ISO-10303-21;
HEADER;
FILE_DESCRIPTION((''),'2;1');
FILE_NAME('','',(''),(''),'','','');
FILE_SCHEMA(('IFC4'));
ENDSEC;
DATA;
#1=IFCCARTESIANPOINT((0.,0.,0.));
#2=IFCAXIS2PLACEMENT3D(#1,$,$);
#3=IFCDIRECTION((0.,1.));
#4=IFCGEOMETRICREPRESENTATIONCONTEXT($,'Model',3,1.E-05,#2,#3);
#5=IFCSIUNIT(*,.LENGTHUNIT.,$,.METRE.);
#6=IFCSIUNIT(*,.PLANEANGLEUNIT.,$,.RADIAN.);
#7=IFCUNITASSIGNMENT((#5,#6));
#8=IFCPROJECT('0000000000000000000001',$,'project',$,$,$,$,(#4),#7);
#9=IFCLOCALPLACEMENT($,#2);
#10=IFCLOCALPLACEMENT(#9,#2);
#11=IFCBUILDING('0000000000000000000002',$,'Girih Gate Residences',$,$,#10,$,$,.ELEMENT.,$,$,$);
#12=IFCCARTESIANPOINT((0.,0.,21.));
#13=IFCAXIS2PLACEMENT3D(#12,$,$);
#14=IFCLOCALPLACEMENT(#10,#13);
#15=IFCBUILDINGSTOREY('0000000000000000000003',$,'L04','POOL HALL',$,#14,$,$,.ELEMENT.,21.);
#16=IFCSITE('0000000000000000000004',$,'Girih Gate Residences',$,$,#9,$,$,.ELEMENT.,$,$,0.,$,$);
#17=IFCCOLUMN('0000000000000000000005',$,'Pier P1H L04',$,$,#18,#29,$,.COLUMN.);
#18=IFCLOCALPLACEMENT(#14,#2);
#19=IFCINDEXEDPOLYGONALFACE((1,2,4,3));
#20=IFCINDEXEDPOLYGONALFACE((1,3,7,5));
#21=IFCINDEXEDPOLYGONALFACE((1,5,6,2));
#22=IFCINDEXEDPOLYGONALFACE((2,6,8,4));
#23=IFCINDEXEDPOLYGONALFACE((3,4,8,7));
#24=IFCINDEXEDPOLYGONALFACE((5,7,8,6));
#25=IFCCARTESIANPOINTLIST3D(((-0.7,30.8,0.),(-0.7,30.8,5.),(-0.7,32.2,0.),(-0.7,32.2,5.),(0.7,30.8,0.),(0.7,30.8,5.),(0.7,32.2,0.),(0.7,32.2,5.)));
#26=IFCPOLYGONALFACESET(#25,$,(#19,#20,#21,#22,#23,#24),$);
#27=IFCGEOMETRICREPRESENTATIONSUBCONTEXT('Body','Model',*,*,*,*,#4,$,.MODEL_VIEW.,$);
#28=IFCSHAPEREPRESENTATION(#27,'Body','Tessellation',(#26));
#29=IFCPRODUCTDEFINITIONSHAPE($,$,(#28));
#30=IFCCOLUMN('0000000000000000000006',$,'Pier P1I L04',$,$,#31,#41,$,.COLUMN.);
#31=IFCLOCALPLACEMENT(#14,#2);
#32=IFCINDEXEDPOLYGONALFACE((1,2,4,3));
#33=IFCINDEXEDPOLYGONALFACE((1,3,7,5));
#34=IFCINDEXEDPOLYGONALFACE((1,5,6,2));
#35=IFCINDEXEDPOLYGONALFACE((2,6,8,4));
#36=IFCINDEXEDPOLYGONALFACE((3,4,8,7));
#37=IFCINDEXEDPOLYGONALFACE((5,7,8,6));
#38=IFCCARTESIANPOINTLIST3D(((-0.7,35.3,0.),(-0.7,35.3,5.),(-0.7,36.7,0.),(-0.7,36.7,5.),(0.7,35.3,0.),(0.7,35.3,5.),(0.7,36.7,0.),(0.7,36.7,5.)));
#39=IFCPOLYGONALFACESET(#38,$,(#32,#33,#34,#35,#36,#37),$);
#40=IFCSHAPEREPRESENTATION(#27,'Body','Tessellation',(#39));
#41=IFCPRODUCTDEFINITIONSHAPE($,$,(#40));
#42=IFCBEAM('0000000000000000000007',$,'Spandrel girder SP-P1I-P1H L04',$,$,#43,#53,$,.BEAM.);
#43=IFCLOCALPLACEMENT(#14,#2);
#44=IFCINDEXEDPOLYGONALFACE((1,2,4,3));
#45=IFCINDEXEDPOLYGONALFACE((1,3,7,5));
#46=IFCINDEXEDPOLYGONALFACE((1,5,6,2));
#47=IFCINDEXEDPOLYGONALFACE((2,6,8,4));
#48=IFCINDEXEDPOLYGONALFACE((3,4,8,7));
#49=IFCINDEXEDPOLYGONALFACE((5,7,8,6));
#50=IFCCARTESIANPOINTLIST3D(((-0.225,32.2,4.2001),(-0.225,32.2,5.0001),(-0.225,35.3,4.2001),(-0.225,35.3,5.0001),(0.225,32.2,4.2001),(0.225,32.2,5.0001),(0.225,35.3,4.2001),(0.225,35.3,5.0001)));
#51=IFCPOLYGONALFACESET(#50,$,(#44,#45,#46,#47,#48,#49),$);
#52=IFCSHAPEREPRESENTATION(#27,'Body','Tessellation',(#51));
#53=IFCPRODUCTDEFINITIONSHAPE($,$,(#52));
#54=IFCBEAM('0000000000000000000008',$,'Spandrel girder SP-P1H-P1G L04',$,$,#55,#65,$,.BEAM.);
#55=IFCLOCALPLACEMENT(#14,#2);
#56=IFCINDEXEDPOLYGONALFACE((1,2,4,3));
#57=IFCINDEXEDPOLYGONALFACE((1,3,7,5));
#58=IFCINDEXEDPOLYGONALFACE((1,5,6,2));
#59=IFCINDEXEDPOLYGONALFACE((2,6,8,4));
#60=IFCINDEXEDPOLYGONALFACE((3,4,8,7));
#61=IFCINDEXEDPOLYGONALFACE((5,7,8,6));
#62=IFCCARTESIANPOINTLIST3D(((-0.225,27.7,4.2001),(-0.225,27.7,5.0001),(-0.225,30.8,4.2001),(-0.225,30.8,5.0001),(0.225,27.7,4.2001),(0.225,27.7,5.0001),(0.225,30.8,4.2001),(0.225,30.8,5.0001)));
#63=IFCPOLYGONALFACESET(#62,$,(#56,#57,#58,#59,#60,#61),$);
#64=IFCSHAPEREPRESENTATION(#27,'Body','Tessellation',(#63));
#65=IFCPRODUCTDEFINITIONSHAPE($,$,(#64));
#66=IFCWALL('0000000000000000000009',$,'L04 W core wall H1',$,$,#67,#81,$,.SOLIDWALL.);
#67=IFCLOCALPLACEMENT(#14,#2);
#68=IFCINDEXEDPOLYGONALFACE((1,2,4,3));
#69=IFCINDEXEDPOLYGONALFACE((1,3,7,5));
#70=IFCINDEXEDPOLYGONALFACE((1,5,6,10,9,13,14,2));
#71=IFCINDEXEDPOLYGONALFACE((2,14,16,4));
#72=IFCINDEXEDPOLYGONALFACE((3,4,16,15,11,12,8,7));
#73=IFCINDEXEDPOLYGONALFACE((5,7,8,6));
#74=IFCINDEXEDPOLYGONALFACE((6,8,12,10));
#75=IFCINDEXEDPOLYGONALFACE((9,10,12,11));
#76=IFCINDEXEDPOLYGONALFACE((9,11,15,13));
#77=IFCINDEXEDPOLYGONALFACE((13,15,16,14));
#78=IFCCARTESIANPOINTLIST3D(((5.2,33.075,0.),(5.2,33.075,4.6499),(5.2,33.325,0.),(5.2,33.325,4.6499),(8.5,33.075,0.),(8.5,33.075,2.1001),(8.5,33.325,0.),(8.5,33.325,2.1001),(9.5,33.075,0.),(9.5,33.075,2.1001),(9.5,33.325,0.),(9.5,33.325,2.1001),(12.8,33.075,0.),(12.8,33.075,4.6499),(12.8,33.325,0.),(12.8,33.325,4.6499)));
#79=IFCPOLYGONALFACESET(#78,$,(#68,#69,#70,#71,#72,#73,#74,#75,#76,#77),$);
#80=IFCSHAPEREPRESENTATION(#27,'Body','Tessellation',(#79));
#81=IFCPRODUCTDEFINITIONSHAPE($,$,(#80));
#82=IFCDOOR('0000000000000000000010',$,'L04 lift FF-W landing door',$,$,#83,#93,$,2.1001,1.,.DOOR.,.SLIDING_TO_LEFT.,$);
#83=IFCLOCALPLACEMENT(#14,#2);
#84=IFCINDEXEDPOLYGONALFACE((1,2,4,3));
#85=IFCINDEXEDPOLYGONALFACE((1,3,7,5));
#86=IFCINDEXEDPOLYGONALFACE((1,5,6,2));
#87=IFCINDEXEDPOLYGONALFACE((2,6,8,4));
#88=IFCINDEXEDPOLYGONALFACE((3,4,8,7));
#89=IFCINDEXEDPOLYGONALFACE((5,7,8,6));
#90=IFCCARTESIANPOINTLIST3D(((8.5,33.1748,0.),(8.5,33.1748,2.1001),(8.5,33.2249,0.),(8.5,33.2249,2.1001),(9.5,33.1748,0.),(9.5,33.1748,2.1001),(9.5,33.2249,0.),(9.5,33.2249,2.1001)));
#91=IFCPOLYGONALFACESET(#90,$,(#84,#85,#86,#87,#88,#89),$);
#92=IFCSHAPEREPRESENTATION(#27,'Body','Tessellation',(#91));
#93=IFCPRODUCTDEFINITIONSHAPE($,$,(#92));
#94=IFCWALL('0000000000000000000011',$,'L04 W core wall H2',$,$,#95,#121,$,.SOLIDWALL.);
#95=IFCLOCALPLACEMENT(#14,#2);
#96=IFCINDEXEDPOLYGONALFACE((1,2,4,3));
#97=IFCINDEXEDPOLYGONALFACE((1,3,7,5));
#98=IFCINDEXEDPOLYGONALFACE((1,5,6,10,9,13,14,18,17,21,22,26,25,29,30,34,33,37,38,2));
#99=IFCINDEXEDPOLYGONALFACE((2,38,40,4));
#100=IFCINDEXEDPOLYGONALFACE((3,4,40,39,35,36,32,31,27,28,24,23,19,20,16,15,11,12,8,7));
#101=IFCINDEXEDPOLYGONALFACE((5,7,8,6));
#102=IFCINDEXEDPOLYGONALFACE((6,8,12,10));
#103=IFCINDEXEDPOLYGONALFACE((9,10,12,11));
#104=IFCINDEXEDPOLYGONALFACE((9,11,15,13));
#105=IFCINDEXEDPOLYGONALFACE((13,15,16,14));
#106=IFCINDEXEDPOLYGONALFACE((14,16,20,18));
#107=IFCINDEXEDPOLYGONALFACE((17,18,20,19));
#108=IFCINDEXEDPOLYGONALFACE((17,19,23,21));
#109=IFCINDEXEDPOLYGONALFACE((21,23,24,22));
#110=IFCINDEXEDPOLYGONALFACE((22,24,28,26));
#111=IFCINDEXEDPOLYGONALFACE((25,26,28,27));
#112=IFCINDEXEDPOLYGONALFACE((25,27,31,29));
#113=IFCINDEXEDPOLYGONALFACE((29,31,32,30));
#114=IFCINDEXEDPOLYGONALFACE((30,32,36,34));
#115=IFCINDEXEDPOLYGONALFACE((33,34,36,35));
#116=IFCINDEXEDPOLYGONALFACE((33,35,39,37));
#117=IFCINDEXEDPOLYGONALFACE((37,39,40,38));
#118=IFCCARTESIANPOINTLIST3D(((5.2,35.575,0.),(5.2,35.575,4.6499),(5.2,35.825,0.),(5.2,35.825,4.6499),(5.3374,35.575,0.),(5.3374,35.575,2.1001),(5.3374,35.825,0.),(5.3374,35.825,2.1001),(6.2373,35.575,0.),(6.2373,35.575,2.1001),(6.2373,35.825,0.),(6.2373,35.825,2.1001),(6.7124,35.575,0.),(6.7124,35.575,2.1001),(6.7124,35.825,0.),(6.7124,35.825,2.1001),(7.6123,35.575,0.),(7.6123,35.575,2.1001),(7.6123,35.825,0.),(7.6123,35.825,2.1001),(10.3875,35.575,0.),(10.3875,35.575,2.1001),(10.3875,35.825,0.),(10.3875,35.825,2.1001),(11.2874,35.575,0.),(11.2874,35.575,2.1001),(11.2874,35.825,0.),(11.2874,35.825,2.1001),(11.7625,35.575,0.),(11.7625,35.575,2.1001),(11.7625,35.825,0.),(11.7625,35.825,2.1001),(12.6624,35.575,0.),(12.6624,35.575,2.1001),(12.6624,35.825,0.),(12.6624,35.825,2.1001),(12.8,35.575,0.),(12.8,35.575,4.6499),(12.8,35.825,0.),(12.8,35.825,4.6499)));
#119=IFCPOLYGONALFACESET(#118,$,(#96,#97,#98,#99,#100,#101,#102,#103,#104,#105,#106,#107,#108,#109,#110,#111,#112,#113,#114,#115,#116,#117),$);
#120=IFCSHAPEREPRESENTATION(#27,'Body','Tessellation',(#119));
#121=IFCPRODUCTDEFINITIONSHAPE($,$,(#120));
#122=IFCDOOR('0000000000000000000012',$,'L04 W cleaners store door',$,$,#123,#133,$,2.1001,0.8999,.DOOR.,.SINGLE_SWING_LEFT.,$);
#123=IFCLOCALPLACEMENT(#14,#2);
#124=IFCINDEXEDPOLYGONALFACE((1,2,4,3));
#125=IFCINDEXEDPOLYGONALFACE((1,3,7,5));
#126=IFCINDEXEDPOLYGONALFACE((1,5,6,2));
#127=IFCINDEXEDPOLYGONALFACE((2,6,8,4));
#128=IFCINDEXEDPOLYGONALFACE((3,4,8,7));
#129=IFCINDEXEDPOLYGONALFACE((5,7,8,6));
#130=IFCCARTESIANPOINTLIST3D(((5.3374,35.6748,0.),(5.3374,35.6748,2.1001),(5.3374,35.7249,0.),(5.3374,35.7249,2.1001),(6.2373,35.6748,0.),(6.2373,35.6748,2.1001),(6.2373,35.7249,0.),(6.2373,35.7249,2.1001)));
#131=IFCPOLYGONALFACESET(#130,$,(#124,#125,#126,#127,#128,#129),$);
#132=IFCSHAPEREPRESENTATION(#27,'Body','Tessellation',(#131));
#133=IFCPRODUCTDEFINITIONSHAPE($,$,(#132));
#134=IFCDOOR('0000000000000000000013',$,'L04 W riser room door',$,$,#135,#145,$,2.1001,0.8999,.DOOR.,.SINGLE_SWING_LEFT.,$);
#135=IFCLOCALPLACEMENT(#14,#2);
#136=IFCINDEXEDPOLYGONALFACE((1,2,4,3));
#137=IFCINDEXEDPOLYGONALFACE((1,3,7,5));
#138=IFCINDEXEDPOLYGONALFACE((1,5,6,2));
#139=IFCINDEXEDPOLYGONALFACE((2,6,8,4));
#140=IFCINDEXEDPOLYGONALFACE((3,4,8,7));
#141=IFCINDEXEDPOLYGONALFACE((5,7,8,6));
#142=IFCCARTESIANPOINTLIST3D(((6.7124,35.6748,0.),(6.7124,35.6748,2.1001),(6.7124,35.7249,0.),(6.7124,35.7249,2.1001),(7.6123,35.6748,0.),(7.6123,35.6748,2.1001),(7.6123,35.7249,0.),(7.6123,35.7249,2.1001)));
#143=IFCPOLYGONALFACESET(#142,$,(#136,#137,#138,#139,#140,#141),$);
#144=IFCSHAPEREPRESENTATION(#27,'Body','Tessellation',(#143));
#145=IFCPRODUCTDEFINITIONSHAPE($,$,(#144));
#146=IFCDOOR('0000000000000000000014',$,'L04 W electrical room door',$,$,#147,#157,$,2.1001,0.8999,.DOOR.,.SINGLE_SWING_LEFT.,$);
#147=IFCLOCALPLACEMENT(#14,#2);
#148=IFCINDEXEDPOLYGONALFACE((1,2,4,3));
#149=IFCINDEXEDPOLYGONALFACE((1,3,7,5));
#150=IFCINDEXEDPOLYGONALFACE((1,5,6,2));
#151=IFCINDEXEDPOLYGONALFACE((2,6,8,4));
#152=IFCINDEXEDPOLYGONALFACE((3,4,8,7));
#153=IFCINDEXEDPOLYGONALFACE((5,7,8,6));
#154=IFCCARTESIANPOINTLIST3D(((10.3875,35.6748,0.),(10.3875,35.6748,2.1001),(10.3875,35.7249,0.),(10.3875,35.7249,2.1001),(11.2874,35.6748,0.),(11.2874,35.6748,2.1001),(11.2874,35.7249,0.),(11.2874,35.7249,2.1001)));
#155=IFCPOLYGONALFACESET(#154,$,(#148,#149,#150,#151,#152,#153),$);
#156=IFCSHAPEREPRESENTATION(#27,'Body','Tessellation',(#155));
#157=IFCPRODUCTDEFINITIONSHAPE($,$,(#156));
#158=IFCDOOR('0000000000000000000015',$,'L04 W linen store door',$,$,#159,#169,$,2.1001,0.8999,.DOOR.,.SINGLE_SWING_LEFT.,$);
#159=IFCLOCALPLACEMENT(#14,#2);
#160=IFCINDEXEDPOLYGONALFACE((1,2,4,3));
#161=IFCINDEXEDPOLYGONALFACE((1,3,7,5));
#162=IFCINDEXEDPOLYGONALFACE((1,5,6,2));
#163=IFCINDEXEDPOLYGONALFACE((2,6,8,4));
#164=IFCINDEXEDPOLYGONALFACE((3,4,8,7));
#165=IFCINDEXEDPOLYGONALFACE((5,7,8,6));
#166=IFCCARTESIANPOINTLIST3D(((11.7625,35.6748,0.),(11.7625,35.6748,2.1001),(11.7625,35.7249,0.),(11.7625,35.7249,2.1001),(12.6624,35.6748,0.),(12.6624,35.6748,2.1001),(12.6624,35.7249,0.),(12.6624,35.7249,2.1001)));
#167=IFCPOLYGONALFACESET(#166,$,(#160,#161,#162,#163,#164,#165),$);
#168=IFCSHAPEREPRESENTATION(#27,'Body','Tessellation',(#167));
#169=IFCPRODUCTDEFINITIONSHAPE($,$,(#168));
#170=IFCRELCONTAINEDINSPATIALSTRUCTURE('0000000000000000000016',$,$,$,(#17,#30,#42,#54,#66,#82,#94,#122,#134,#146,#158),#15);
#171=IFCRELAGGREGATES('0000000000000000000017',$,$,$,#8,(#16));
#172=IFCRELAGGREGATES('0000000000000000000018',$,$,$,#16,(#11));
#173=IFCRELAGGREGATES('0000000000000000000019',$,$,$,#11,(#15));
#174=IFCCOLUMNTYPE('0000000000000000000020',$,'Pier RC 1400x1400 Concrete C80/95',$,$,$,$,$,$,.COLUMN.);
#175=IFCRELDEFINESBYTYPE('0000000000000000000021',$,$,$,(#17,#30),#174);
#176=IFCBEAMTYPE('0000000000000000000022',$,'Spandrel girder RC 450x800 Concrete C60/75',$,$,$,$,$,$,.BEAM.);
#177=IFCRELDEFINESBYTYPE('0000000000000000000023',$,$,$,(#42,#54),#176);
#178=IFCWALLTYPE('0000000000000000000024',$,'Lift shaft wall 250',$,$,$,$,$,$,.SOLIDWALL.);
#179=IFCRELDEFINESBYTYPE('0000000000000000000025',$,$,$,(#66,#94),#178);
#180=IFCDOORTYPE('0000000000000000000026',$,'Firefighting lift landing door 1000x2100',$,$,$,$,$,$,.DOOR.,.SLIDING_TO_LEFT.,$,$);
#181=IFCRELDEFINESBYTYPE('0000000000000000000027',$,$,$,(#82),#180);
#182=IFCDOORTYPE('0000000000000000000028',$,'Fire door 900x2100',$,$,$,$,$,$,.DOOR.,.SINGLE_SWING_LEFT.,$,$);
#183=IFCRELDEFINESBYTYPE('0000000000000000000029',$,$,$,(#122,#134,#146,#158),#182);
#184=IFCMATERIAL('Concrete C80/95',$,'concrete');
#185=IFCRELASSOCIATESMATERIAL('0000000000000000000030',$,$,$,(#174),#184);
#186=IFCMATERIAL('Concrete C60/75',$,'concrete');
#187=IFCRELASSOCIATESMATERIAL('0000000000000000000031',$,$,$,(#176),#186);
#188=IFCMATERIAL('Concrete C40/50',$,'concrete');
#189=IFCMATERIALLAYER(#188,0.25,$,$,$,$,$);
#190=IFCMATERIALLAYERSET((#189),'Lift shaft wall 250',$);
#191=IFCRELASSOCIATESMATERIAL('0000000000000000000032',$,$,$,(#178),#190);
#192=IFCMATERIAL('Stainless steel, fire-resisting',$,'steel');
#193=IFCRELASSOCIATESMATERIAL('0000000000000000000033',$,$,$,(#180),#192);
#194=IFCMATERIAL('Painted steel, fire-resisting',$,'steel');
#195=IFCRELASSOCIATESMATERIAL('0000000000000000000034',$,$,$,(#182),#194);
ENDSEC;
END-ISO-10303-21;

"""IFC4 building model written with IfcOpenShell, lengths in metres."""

from ifc_helpers import new_model, si_unit, direction, frame, frame_2d, origin, origin_2d, place, context, subcontext, project, spatial, rectangle, extrude, material, layer, layer_set, material_profile, profile_set, type_object, element, fill, save


model = new_model("IFC4")

# Units and contexts
model_context = context("Model", 3, precision=1e-05, world=origin(), true_north=direction((0.0, 1.0)))
body_context = subcontext(model_context, "Body", "Model", "MODEL_VIEW")
ifc_project = project(units=[si_unit("LENGTHUNIT", "METRE"), si_unit("PLANEANGLEUNIT", "RADIAN")], contexts=[model_context])

# Site, building, storey
site_placement = place(None, origin())
site = spatial("IfcSite", under=ifc_project, at=site_placement, Name="Girih Gate Residences", CompositionType="ELEMENT", RefElevation=0.0)
building_placement = place(site_placement, origin())
building = spatial("IfcBuilding", under=site, at=building_placement, Name="Girih Gate Residences", CompositionType="ELEMENT")
storey_placement = place(building_placement, frame((0.0, 0.0, 21.0)))
storey = spatial("IfcBuildingStorey", under=building, at=storey_placement, Name="L04", Description="POOL HALL", CompositionType="ELEMENT", Elevation=21.0)

# Columns
ifc_material_1 = material(Name="Concrete C80/95", Category="concrete")
ifc_material_profile_1 = material_profile(ifc_material_1, rectangle(XDim=1.3999, YDim=1.3999, at=origin_2d()))
ifc_profile_set_1 = profile_set([ifc_material_profile_1], Name="Concrete C80/95")
column_type = type_object("IfcColumnType", Name="Pier RC 1400x1400 Concrete C80/95", PredefinedType="COLUMN", material=ifc_profile_set_1)
for number, where, z_axis, x_axis, name in (
    (1, (0.0, 31.5, 0.0), (0.0, 0.0, 1.0), (1.0, 0.0, 0.0), "Pier P1H L04"),
    (2, (0.0, 36.0, 0.0), (0.0, 0.0, 1.0), (1.0, 0.0, 0.0), "Pier P1I L04"),
):
    element("IfcColumn", number, at=place(storey_placement, frame(where, z_axis=z_axis, x_axis=x_axis)), inside=storey, type_object=column_type, Name=name, PredefinedType="COLUMN", context=body_context, shape_type="SweptSolid", body=[
        extrude(rectangle(XDim=1.3999, YDim=1.3999, at=origin_2d()), origin(), (0.0, 0.0, 1.0), 5.0),
    ])

# Beams
ifc_material_2 = material(Name="Concrete C60/75", Category="concrete")
ifc_material_profile_2 = material_profile(ifc_material_2, rectangle(XDim=0.45, YDim=0.8, at=origin_2d()))
ifc_profile_set_2 = profile_set([ifc_material_profile_2], Name="Concrete C60/75")
beam_type = type_object("IfcBeamType", Name="Spandrel girder RC 450x800 Concrete C60/75", PredefinedType="BEAM", material=ifc_profile_set_2)
for number, where, z_axis, x_axis, name in (
    (3, (0.0, 35.3, 4.6001), (0.0, -1.0, 0.0), (1.0, 0.0, 0.0), "Spandrel girder SP-P1I-P1H L04"),
    (4, (0.0, 30.8, 4.6001), (0.0, -1.0, 0.0), (1.0, 0.0, 0.0), "Spandrel girder SP-P1H-P1G L04"),
):
    element("IfcBeam", number, at=place(storey_placement, frame(where, z_axis=z_axis, x_axis=x_axis)), inside=storey, type_object=beam_type, Name=name, PredefinedType="BEAM", context=body_context, shape_type="SweptSolid", body=[
        extrude(rectangle(XDim=0.45, YDim=0.8, at=origin_2d()), origin(), (0.0, 0.0, 1.0), 3.1001),
    ])

# Wall, opening, door
ifc_material_3 = material(Name="Concrete C40/50", Category="concrete")
ifc_layer_1 = layer(ifc_material_3, 0.25)
ifc_layer_set_1 = layer_set([ifc_layer_1], Name="Lift shaft wall 250")
wall_type_1 = type_object("IfcWallType", Name="Lift shaft wall 250", PredefinedType="SOLIDWALL", material=ifc_layer_set_1)
wall_1_placement = place(storey_placement, frame((5.2, 33.2, 0.0), z_axis=(0.0, 0.0, 1.0), x_axis=(1.0, 0.0, 0.0)))
wall_1 = element("IfcWall", 5, at=wall_1_placement, inside=storey, type_object=wall_type_1, Name="L04 W core wall H1", PredefinedType="SOLIDWALL", context=body_context, shape_type="SweptSolid", body=[
    extrude(rectangle(XDim=7.6001, YDim=0.25, at=frame_2d((3.8, 0.0))), origin(), (0.0, 0.0, 1.0), 4.6499),
])
opening_1_placement = place(wall_1_placement, frame((3.3, 0.0, 0.0)))
opening_1 = element("IfcOpeningElement", 6, at=opening_1_placement, cuts=wall_1, PredefinedType="OPENING", context=body_context, shape_type="SweptSolid", body=[
    extrude(rectangle(XDim=1.0, YDim=2.1001, at=frame_2d((0.5, 1.05))), frame((0.0, 0.135, 0.0), z_axis=(0.0, -1.0, 0.0), x_axis=(1.0, 0.0, 0.0)), (0.0, 0.0, 1.0), 0.27),
])
ifc_material_4 = material(Name="Stainless steel, fire-resisting", Category="steel")
door_type_1 = type_object("IfcDoorType", Name="Firefighting lift landing door 1000x2100", OperationType="SLIDING_TO_LEFT", PredefinedType="DOOR", material=ifc_material_4)
door_1_placement = place(opening_1_placement, origin())
door_1 = element("IfcDoor", 7, at=door_1_placement, inside=storey, type_object=door_type_1, Name="L04 lift FF-W landing door", OperationType="SLIDING_TO_LEFT", OverallHeight=2.1001, OverallWidth=1.0, PredefinedType="DOOR", context=body_context, shape_type="SweptSolid", body=[
    extrude(rectangle(XDim=1.0, YDim=2.1001, at=frame_2d((0.5, 1.05))), frame((0.0, 0.0249, 0.0), z_axis=(0.0, -1.0, 0.0), x_axis=(1.0, 0.0, 0.0)), (0.0, 0.0, 1.0), 0.05),
])
fill(opening_1, door_1)

# Wall, openings, doors
wall_2_placement = place(storey_placement, frame((5.2, 35.7, 0.0), z_axis=(0.0, 0.0, 1.0), x_axis=(1.0, 0.0, 0.0)))
wall_2 = element("IfcWall", 8, at=wall_2_placement, inside=storey, type_object=wall_type_1, Name="L04 W core wall H2", PredefinedType="SOLIDWALL", context=body_context, shape_type="SweptSolid", body=[
    extrude(rectangle(XDim=7.6001, YDim=0.25, at=frame_2d((3.8, 0.0))), origin(), (0.0, 0.0, 1.0), 4.6499),
])
opening_2_placement = place(wall_2_placement, frame((0.1375, 0.0, 0.0)))
opening_2 = element("IfcOpeningElement", 9, at=opening_2_placement, cuts=wall_2, PredefinedType="OPENING", context=body_context, shape_type="SweptSolid", body=[
    extrude(rectangle(XDim=0.8999, YDim=2.1001, at=frame_2d((0.45, 1.05))), frame((0.0, 0.135, 0.0), z_axis=(0.0, -1.0, 0.0), x_axis=(1.0, 0.0, 0.0)), (0.0, 0.0, 1.0), 0.27),
])
opening_3_placement = place(wall_2_placement, frame((1.5125, 0.0, 0.0)))
opening_3 = element("IfcOpeningElement", 10, at=opening_3_placement, cuts=wall_2, PredefinedType="OPENING", context=body_context, shape_type="SweptSolid", body=[
    extrude(rectangle(XDim=0.8999, YDim=2.1001, at=frame_2d((0.45, 1.05))), frame((0.0, 0.135, 0.0), z_axis=(0.0, -1.0, 0.0), x_axis=(1.0, 0.0, 0.0)), (0.0, 0.0, 1.0), 0.27),
])
opening_4_placement = place(wall_2_placement, frame((5.1875, 0.0, 0.0)))
opening_4 = element("IfcOpeningElement", 11, at=opening_4_placement, cuts=wall_2, PredefinedType="OPENING", context=body_context, shape_type="SweptSolid", body=[
    extrude(rectangle(XDim=0.8999, YDim=2.1001, at=frame_2d((0.45, 1.05))), frame((0.0, 0.135, 0.0), z_axis=(0.0, -1.0, 0.0), x_axis=(1.0, 0.0, 0.0)), (0.0, 0.0, 1.0), 0.27),
])
opening_5_placement = place(wall_2_placement, frame((6.5625, 0.0, 0.0)))
opening_5 = element("IfcOpeningElement", 12, at=opening_5_placement, cuts=wall_2, PredefinedType="OPENING", context=body_context, shape_type="SweptSolid", body=[
    extrude(rectangle(XDim=0.8999, YDim=2.1001, at=frame_2d((0.45, 1.05))), frame((0.0, 0.135, 0.0), z_axis=(0.0, -1.0, 0.0), x_axis=(1.0, 0.0, 0.0)), (0.0, 0.0, 1.0), 0.27),
])
ifc_material_5 = material(Name="Painted steel, fire-resisting", Category="steel")
door_type_2 = type_object("IfcDoorType", Name="Fire door 900x2100", OperationType="SINGLE_SWING_LEFT", PredefinedType="DOOR", material=ifc_material_5)
door_2_placement = place(opening_2_placement, origin())
door_2 = element("IfcDoor", 13, at=door_2_placement, inside=storey, type_object=door_type_2, Name="L04 W cleaners store door", OperationType="SINGLE_SWING_LEFT", OverallHeight=2.1001, OverallWidth=0.8999, PredefinedType="DOOR", context=body_context, shape_type="SweptSolid", body=[
    extrude(rectangle(XDim=0.8999, YDim=2.1001, at=frame_2d((0.45, 1.05))), frame((0.0, 0.0249, 0.0), z_axis=(0.0, -1.0, 0.0), x_axis=(1.0, 0.0, 0.0)), (0.0, 0.0, 1.0), 0.05),
])
fill(opening_2, door_2)
door_3_placement = place(opening_3_placement, origin())
door_3 = element("IfcDoor", 14, at=door_3_placement, inside=storey, type_object=door_type_2, Name="L04 W riser room door", OperationType="SINGLE_SWING_LEFT", OverallHeight=2.1001, OverallWidth=0.8999, PredefinedType="DOOR", context=body_context, shape_type="SweptSolid", body=[
    extrude(rectangle(XDim=0.8999, YDim=2.1001, at=frame_2d((0.45, 1.05))), frame((0.0, 0.0249, 0.0), z_axis=(0.0, -1.0, 0.0), x_axis=(1.0, 0.0, 0.0)), (0.0, 0.0, 1.0), 0.05),
])
fill(opening_3, door_3)
door_4_placement = place(opening_4_placement, origin())
door_4 = element("IfcDoor", 15, at=door_4_placement, inside=storey, type_object=door_type_2, Name="L04 W electrical room door", OperationType="SINGLE_SWING_LEFT", OverallHeight=2.1001, OverallWidth=0.8999, PredefinedType="DOOR", context=body_context, shape_type="SweptSolid", body=[
    extrude(rectangle(XDim=0.8999, YDim=2.1001, at=frame_2d((0.45, 1.05))), frame((0.0, 0.0249, 0.0), z_axis=(0.0, -1.0, 0.0), x_axis=(1.0, 0.0, 0.0)), (0.0, 0.0, 1.0), 0.05),
])
fill(opening_4, door_4)
door_5_placement = place(opening_5_placement, origin())
door_5 = element("IfcDoor", 16, at=door_5_placement, inside=storey, type_object=door_type_2, Name="L04 W linen store door", OperationType="SINGLE_SWING_LEFT", OverallHeight=2.1001, OverallWidth=0.8999, PredefinedType="DOOR", context=body_context, shape_type="SweptSolid", body=[
    extrude(rectangle(XDim=0.8999, YDim=2.1001, at=frame_2d((0.45, 1.05))), frame((0.0, 0.0249, 0.0), z_axis=(0.0, -1.0, 0.0), x_axis=(1.0, 0.0, 0.0)), (0.0, 0.0, 1.0), 0.05),
])
fill(opening_5, door_5)

save(model, "model.ifc")
